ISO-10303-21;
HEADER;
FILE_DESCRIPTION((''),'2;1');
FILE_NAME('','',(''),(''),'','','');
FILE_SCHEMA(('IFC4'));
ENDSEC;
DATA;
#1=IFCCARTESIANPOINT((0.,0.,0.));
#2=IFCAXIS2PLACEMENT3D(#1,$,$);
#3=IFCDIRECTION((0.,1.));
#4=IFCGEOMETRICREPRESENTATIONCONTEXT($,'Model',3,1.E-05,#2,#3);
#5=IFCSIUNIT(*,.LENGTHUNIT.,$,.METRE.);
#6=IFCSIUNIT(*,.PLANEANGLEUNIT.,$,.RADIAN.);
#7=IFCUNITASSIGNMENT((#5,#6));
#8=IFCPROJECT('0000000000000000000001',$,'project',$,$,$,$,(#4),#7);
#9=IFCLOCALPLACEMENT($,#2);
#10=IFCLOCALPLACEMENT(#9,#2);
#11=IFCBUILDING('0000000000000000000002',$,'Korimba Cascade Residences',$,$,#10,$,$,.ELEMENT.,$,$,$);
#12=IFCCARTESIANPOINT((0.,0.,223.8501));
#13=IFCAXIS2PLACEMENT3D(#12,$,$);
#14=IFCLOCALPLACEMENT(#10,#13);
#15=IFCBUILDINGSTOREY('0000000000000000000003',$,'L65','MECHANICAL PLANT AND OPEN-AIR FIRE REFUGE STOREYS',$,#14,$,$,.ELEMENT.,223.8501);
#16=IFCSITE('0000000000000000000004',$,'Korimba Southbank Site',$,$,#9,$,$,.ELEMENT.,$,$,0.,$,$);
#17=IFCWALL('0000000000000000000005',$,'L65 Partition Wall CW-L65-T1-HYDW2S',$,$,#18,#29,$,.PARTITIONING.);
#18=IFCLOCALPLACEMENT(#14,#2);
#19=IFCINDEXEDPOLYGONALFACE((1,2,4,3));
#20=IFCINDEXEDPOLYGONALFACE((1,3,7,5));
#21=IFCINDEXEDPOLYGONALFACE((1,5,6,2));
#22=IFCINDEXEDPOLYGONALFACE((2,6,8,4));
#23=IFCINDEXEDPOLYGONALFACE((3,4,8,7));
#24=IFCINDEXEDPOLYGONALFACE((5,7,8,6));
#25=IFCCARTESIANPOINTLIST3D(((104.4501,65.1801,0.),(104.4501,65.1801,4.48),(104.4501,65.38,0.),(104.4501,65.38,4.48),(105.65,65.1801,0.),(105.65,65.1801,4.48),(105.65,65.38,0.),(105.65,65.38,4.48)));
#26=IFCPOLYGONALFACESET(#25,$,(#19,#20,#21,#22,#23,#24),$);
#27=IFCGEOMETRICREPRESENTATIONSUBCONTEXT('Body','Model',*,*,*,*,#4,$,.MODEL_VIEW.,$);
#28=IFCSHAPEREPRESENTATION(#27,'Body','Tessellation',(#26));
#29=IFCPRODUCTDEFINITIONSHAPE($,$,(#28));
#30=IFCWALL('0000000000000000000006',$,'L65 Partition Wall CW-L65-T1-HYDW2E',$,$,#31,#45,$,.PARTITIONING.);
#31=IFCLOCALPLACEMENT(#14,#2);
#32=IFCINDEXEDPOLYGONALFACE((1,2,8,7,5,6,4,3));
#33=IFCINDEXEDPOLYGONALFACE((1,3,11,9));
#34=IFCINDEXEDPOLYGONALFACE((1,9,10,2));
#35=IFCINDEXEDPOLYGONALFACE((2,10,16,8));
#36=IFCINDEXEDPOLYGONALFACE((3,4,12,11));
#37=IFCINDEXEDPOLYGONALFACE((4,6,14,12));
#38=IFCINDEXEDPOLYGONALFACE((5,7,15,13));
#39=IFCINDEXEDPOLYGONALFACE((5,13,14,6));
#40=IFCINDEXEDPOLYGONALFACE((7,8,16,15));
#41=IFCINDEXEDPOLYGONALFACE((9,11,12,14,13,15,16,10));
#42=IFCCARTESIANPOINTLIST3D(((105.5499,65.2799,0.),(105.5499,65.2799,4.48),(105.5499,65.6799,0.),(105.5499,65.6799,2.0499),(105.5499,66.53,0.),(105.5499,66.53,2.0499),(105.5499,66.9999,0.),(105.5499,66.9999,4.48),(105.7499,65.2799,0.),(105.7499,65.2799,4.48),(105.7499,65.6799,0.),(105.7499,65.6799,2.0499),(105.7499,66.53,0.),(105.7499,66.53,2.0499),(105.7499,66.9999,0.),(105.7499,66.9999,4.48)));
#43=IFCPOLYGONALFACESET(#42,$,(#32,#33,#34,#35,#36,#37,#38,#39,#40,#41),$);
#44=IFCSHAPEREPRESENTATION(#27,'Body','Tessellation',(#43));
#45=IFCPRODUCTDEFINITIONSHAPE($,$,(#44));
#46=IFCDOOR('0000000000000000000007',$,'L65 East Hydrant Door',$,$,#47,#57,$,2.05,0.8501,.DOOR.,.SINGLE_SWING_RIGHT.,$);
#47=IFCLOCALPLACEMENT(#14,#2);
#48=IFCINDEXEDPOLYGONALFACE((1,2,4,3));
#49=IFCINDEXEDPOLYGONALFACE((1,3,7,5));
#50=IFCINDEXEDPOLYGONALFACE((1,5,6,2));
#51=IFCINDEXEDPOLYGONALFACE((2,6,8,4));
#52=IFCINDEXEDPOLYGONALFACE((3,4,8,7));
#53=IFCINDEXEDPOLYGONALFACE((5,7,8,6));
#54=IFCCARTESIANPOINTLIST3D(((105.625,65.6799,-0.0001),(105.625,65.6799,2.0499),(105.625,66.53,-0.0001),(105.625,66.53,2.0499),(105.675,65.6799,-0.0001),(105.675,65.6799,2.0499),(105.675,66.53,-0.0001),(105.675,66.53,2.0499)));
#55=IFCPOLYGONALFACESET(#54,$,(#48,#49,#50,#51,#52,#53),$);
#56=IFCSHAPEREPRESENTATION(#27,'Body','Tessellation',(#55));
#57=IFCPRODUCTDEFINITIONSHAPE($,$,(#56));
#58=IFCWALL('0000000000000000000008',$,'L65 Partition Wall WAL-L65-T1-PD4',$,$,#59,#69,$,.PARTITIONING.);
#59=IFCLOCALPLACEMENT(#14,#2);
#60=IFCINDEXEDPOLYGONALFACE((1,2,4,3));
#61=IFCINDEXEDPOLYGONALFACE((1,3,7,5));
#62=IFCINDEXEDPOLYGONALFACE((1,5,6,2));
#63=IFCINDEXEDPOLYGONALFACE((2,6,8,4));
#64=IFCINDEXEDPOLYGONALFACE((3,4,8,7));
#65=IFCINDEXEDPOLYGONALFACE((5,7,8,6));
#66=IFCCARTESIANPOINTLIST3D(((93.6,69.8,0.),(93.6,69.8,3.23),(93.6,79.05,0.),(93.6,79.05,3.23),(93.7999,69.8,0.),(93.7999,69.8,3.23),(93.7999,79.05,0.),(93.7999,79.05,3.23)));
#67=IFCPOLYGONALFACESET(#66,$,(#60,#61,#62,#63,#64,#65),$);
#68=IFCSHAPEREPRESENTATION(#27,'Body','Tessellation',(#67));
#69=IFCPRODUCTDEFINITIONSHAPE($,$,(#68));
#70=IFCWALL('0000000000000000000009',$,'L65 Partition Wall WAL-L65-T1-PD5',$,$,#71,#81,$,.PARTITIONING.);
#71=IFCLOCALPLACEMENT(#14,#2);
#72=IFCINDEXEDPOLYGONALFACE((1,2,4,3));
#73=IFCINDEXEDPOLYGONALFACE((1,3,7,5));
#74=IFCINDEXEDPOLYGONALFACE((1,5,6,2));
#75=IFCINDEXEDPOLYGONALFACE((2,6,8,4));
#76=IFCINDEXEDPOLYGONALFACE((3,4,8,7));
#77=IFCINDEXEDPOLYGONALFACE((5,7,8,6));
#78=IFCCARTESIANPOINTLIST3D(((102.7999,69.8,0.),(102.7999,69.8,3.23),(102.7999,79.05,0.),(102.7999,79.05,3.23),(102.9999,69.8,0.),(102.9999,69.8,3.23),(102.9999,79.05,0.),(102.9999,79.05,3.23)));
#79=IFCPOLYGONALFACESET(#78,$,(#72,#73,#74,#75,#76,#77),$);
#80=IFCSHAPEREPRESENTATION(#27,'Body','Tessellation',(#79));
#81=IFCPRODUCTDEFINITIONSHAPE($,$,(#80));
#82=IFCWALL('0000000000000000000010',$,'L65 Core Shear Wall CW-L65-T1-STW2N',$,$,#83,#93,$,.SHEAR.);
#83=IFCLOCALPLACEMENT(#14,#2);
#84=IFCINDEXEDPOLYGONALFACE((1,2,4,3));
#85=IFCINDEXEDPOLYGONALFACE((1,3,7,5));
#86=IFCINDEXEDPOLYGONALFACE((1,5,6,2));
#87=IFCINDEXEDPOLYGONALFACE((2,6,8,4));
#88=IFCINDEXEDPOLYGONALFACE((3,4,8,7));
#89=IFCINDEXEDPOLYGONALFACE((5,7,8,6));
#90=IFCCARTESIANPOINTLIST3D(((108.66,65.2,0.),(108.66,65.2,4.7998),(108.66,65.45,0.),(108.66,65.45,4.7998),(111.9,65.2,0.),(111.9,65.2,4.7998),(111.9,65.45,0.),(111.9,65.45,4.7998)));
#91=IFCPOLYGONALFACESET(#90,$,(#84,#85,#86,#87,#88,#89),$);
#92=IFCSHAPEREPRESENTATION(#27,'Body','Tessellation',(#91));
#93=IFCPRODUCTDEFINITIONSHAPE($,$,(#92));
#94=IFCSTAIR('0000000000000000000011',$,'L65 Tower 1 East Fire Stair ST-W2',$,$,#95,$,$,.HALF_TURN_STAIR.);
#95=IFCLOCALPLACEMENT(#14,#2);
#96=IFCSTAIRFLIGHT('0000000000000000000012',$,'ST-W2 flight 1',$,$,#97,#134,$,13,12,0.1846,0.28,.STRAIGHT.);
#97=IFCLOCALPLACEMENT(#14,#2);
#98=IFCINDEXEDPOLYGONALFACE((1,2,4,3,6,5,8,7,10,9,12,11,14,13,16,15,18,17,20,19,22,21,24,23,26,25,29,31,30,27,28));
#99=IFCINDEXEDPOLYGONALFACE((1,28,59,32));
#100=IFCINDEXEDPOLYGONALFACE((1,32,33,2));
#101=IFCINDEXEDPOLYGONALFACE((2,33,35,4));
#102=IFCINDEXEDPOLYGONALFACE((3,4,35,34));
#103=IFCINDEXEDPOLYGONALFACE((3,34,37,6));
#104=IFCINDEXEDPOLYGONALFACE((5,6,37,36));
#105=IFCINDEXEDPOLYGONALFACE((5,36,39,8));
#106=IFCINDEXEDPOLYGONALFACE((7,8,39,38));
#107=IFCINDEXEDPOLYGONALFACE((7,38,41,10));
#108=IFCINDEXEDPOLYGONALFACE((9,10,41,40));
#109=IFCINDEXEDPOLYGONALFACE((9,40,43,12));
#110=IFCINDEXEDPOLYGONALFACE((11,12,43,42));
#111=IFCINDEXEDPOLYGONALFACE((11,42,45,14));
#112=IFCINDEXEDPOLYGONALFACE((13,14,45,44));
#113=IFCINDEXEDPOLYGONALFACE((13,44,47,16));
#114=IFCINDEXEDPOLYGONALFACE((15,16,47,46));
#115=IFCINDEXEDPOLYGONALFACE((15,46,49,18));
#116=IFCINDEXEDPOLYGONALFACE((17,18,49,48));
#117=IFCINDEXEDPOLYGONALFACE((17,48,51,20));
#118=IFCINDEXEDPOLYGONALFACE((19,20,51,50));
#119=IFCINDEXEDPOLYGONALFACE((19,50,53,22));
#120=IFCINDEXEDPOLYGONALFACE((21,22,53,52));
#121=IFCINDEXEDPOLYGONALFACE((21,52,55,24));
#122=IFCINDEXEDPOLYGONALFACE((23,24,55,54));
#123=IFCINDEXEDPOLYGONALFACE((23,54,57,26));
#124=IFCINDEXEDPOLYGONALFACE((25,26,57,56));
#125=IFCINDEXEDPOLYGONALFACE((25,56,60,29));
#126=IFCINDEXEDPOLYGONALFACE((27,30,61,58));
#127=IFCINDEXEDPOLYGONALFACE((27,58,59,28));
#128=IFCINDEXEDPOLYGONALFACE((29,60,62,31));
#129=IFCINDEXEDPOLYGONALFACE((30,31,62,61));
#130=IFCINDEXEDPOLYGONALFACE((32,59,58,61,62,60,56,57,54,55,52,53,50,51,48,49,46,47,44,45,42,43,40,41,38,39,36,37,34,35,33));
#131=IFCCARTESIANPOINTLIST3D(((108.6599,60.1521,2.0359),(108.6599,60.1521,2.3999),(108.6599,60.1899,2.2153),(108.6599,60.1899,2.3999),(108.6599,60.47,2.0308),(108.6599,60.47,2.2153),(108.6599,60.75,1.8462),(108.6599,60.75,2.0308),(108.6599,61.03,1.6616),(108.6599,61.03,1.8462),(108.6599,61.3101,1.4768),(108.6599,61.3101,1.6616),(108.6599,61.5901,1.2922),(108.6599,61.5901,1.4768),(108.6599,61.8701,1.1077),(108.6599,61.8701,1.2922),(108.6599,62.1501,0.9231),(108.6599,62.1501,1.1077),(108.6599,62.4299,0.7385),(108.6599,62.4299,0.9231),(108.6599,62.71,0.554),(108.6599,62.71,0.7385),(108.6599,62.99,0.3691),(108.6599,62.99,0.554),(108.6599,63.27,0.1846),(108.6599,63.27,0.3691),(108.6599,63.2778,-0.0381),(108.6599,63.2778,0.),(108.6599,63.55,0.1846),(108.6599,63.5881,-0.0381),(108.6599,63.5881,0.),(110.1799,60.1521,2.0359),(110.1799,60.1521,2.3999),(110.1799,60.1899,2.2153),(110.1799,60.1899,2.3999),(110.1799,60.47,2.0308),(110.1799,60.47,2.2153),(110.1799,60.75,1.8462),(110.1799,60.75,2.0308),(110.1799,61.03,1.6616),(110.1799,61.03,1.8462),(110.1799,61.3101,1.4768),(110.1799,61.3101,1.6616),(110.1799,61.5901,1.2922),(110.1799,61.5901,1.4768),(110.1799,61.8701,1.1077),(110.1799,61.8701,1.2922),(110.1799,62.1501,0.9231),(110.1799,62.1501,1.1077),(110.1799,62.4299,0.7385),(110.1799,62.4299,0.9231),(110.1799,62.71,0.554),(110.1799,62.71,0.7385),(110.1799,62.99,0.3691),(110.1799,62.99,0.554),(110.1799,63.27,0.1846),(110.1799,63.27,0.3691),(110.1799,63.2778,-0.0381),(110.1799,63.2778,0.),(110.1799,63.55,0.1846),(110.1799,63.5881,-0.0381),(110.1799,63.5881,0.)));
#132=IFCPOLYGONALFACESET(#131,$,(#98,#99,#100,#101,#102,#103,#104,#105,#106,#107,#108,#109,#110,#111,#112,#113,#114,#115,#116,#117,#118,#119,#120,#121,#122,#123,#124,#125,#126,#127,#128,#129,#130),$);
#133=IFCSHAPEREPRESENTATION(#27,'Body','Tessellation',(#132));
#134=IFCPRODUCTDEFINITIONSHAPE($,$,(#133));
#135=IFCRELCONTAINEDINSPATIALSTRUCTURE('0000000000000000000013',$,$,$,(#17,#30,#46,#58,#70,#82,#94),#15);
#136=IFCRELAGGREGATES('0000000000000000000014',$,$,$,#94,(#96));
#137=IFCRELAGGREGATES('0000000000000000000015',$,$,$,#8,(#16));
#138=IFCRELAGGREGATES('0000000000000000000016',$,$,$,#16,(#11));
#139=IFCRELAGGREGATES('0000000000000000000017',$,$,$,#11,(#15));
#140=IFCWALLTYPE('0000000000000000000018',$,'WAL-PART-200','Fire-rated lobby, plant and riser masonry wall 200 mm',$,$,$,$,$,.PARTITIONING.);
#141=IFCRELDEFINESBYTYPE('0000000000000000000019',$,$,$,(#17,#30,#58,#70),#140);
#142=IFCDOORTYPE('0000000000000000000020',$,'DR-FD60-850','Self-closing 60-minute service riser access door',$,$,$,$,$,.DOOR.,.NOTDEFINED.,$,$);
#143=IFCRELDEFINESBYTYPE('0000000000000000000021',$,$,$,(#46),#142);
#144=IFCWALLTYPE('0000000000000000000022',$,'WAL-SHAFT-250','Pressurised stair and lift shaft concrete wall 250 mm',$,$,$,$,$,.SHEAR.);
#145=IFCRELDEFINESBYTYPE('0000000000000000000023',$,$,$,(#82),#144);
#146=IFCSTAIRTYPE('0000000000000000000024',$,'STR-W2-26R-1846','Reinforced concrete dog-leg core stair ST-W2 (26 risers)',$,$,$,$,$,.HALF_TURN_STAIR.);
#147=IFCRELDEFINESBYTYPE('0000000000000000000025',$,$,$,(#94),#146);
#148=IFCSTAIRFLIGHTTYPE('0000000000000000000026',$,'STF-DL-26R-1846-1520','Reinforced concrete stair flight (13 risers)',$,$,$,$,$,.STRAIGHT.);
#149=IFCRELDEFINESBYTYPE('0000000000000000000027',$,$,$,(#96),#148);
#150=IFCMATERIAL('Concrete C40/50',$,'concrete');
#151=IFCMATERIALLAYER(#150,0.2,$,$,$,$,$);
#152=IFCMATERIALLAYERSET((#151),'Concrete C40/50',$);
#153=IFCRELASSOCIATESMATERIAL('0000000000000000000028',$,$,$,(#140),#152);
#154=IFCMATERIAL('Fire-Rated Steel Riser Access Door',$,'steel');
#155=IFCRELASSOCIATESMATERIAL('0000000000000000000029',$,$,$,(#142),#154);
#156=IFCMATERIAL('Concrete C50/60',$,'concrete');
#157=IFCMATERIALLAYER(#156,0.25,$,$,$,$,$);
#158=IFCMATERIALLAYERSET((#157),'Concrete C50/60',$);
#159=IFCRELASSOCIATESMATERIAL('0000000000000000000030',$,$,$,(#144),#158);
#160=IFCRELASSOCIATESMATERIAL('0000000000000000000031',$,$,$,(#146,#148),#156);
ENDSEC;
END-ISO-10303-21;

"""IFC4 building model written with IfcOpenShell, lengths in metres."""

from ifc_helpers import new_model, si_unit, direction, frame, frame_2d, origin, place, context, subcontext, project, spatial, polyline, rectangle, outline, extrude, material, layer, layer_set, type_object, element, fill, aggregate, save


model = new_model("IFC4")

# Units and contexts
model_context = context("Model", 3, precision=1e-05, world=origin(), true_north=direction((0.0, 1.0)))
body_context = subcontext(model_context, "Body", "Model", "MODEL_VIEW")
ifc_project = project(units=[si_unit("LENGTHUNIT", "METRE"), si_unit("PLANEANGLEUNIT", "RADIAN")], contexts=[model_context])

# Site, building, storey
site_placement = place(None, origin())
site = spatial("IfcSite", under=ifc_project, at=site_placement, Name="Korimba Southbank Site", CompositionType="ELEMENT", RefElevation=0.0)
building_placement = place(site_placement, origin())
building = spatial("IfcBuilding", under=site, at=building_placement, Name="Korimba Cascade Residences", CompositionType="ELEMENT")
storey_placement = place(building_placement, frame((0.0, 0.0, 223.8501)))
storey = spatial("IfcBuildingStorey", under=building, at=storey_placement, Name="L65", Description="MECHANICAL PLANT AND OPEN-AIR FIRE REFUGE STOREYS", CompositionType="ELEMENT", Elevation=223.8501)

# Wall
ifc_material_1 = material(Name="Concrete C40/50", Category="concrete")
ifc_layer_1 = layer(ifc_material_1, 0.2)
ifc_layer_set_1 = layer_set([ifc_layer_1], Name="Concrete C40/50")
wall_type_1 = type_object("IfcWallType", Name="WAL-PART-200", Description="Fire-rated lobby, plant and riser masonry wall 200 mm", PredefinedType="PARTITIONING", material=ifc_layer_set_1)
wall_1_placement = place(storey_placement, frame((104.45, 65.28, 0.0), z_axis=(0.0, 0.0, 1.0), x_axis=(1.0, 0.0, 0.0)))
element("IfcWall", 1, at=wall_1_placement, inside=storey, type_object=wall_type_1, Name="L65 Partition Wall CW-L65-T1-HYDW2S", PredefinedType="PARTITIONING", context=body_context, shape_type="SweptSolid", body=[
    extrude(rectangle(XDim=1.2, YDim=0.2, at=frame_2d((0.6001, 0.0))), origin(), (0.0, 0.0, 1.0), 4.48),
])

# Wall, opening, door
wall_2_placement = place(storey_placement, frame((105.6499, 65.28, 0.0), z_axis=(0.0, 0.0, 1.0), x_axis=(0.0, 1.0, 0.0)))
wall_2 = element("IfcWall", 2, at=wall_2_placement, inside=storey, type_object=wall_type_1, Name="L65 Partition Wall CW-L65-T1-HYDW2E", PredefinedType="PARTITIONING", context=body_context, shape_type="SweptSolid", body=[
    extrude(rectangle(XDim=1.72, YDim=0.2, at=frame_2d((0.8599, 0.0))), origin(), (0.0, 0.0, 1.0), 4.48),
])
opening_placement = place(wall_2_placement, frame((0.3999, 0.0, 0.0)))
opening = element("IfcOpeningElement", 3, at=opening_placement, cuts=wall_2, PredefinedType="OPENING", context=body_context, shape_type="SweptSolid", body=[
    extrude(rectangle(XDim=0.8501, YDim=2.05, at=frame_2d((0.425, 1.0249))), frame((0.0, 0.1099, 0.0), z_axis=(0.0, -1.0, 0.0), x_axis=(1.0, 0.0, 0.0)), (0.0, 0.0, 1.0), 0.22),
])
ifc_material_2 = material(Name="Fire-Rated Steel Riser Access Door", Category="steel")
door_type = type_object("IfcDoorType", Name="DR-FD60-850", Description="Self-closing 60-minute service riser access door", OperationType="NOTDEFINED", PredefinedType="DOOR", material=ifc_material_2)
door_placement = place(opening_placement, origin())
door = element("IfcDoor", 4, at=door_placement, inside=storey, type_object=door_type, Name="L65 East Hydrant Door", OperationType="SINGLE_SWING_RIGHT", OverallHeight=2.05, OverallWidth=0.8501, PredefinedType="DOOR", context=body_context, shape_type="SweptSolid", body=[
    extrude(rectangle(XDim=0.8501, YDim=2.05, at=frame_2d((0.425, 1.0249))), frame((0.0, 0.0249, 0.0), z_axis=(0.0, -1.0, 0.0), x_axis=(1.0, 0.0, 0.0)), (0.0, 0.0, 1.0), 0.05),
])
fill(opening, door)

# Walls
for number, where, z_axis, x_axis, name in (
    (5, (93.7, 69.8, 0.0), (0.0, 0.0, 1.0), (0.0, 1.0, 0.0), "L65 Partition Wall WAL-L65-T1-PD4"),
    (6, (102.8999, 69.8, 0.0), (0.0, 0.0, 1.0), (0.0, 1.0, 0.0), "L65 Partition Wall WAL-L65-T1-PD5"),
):
    element("IfcWall", number, at=place(storey_placement, frame(where, z_axis=z_axis, x_axis=x_axis)), inside=storey, type_object=wall_type_1, Name=name, PredefinedType="PARTITIONING", context=body_context, shape_type="SweptSolid", body=[
        extrude(rectangle(XDim=9.25, YDim=0.2, at=frame_2d((4.625, 0.0))), origin(), (0.0, 0.0, 1.0), 3.23),
    ])
ifc_material_3 = material(Name="Concrete C50/60", Category="concrete")
ifc_layer_2 = layer(ifc_material_3, 0.25)
ifc_layer_set_2 = layer_set([ifc_layer_2], Name="Concrete C50/60")
wall_type_2 = type_object("IfcWallType", Name="WAL-SHAFT-250", Description="Pressurised stair and lift shaft concrete wall 250 mm", PredefinedType="SHEAR", material=ifc_layer_set_2)
wall_3_placement = place(storey_placement, frame((108.6599, 65.325, 0.0), z_axis=(0.0, 0.0, 1.0), x_axis=(1.0, 0.0, 0.0)))
element("IfcWall", 7, at=wall_3_placement, inside=storey, type_object=wall_type_2, Name="L65 Core Shear Wall CW-L65-T1-STW2N", PredefinedType="SHEAR", context=body_context, shape_type="SweptSolid", body=[
    extrude(rectangle(XDim=3.24, YDim=0.25, at=frame_2d((1.6201, 0.0))), origin(), (0.0, 0.0, 1.0), 4.7998),
])

# Stair, stair flight
stair_type = type_object("IfcStairType", Name="STR-W2-26R-1846", Description="Reinforced concrete dog-leg core stair ST-W2 (26 risers)", PredefinedType="HALF_TURN_STAIR", material=ifc_material_3)
stair_placement = place(storey_placement, origin())
stair = element("IfcStair", 8, at=stair_placement, inside=storey, type_object=stair_type, Name="L65 Tower 1 East Fire Stair ST-W2", PredefinedType="HALF_TURN_STAIR")
stair_flight_type = type_object("IfcStairFlightType", Name="STF-DL-26R-1846-1520", Description="Reinforced concrete stair flight (13 risers)", PredefinedType="STRAIGHT", material=ifc_material_3)
stair_flight_placement = place(storey_placement, frame((109.4199, 63.55, 0.0), z_axis=(0.0, 0.0, 1.0), x_axis=(0.0, -1.0, 0.0)))
stair_flight = element("IfcStairFlight", 9, at=stair_flight_placement, type_object=stair_flight_type, Name="ST-W2 flight 1", NumberOfRisers=13, NumberOfTreads=12, PredefinedType="STRAIGHT", RiserHeight=0.1846, TreadLength=0.28, context=body_context, shape_type="SweptSolid", body=[
    extrude(outline(polyline([(-0.0381, 0.0), (0.0, 0.1846), (0.28, 0.1846), (0.28, 0.3691), (0.5601, 0.3691), (0.5601, 0.554), (0.8401, 0.554), (0.8401, 0.7385), (1.1201, 0.7385), (1.1201, 0.9231), (1.3999, 0.9231), (1.3999, 1.1077), (1.6799, 1.1077), (1.6799, 1.2922), (1.96, 1.2922), (1.96, 1.4768), (2.24, 1.4768), (2.24, 1.6616), (2.52, 1.6616), (2.52, 1.8462), (2.8, 1.8462), (2.8, 2.0308), (3.0801, 2.0308), (3.0801, 2.2153), (3.3601, 2.2153), (3.3601, 2.3999), (3.3979, 2.3999), (3.3979, 2.0359), (0.2722, 0.0), (0.2722, -0.0381), (-0.0381, -0.0381), (-0.0381, 0.0)])), frame((0.0, 0.76, 0.0), z_axis=(0.0, -1.0, 0.0), x_axis=(1.0, 0.0, 0.0)), (0.0, 0.0, 1.0), 1.52),
])
aggregate(stair, [stair_flight])

save(model, "model.ifc")
